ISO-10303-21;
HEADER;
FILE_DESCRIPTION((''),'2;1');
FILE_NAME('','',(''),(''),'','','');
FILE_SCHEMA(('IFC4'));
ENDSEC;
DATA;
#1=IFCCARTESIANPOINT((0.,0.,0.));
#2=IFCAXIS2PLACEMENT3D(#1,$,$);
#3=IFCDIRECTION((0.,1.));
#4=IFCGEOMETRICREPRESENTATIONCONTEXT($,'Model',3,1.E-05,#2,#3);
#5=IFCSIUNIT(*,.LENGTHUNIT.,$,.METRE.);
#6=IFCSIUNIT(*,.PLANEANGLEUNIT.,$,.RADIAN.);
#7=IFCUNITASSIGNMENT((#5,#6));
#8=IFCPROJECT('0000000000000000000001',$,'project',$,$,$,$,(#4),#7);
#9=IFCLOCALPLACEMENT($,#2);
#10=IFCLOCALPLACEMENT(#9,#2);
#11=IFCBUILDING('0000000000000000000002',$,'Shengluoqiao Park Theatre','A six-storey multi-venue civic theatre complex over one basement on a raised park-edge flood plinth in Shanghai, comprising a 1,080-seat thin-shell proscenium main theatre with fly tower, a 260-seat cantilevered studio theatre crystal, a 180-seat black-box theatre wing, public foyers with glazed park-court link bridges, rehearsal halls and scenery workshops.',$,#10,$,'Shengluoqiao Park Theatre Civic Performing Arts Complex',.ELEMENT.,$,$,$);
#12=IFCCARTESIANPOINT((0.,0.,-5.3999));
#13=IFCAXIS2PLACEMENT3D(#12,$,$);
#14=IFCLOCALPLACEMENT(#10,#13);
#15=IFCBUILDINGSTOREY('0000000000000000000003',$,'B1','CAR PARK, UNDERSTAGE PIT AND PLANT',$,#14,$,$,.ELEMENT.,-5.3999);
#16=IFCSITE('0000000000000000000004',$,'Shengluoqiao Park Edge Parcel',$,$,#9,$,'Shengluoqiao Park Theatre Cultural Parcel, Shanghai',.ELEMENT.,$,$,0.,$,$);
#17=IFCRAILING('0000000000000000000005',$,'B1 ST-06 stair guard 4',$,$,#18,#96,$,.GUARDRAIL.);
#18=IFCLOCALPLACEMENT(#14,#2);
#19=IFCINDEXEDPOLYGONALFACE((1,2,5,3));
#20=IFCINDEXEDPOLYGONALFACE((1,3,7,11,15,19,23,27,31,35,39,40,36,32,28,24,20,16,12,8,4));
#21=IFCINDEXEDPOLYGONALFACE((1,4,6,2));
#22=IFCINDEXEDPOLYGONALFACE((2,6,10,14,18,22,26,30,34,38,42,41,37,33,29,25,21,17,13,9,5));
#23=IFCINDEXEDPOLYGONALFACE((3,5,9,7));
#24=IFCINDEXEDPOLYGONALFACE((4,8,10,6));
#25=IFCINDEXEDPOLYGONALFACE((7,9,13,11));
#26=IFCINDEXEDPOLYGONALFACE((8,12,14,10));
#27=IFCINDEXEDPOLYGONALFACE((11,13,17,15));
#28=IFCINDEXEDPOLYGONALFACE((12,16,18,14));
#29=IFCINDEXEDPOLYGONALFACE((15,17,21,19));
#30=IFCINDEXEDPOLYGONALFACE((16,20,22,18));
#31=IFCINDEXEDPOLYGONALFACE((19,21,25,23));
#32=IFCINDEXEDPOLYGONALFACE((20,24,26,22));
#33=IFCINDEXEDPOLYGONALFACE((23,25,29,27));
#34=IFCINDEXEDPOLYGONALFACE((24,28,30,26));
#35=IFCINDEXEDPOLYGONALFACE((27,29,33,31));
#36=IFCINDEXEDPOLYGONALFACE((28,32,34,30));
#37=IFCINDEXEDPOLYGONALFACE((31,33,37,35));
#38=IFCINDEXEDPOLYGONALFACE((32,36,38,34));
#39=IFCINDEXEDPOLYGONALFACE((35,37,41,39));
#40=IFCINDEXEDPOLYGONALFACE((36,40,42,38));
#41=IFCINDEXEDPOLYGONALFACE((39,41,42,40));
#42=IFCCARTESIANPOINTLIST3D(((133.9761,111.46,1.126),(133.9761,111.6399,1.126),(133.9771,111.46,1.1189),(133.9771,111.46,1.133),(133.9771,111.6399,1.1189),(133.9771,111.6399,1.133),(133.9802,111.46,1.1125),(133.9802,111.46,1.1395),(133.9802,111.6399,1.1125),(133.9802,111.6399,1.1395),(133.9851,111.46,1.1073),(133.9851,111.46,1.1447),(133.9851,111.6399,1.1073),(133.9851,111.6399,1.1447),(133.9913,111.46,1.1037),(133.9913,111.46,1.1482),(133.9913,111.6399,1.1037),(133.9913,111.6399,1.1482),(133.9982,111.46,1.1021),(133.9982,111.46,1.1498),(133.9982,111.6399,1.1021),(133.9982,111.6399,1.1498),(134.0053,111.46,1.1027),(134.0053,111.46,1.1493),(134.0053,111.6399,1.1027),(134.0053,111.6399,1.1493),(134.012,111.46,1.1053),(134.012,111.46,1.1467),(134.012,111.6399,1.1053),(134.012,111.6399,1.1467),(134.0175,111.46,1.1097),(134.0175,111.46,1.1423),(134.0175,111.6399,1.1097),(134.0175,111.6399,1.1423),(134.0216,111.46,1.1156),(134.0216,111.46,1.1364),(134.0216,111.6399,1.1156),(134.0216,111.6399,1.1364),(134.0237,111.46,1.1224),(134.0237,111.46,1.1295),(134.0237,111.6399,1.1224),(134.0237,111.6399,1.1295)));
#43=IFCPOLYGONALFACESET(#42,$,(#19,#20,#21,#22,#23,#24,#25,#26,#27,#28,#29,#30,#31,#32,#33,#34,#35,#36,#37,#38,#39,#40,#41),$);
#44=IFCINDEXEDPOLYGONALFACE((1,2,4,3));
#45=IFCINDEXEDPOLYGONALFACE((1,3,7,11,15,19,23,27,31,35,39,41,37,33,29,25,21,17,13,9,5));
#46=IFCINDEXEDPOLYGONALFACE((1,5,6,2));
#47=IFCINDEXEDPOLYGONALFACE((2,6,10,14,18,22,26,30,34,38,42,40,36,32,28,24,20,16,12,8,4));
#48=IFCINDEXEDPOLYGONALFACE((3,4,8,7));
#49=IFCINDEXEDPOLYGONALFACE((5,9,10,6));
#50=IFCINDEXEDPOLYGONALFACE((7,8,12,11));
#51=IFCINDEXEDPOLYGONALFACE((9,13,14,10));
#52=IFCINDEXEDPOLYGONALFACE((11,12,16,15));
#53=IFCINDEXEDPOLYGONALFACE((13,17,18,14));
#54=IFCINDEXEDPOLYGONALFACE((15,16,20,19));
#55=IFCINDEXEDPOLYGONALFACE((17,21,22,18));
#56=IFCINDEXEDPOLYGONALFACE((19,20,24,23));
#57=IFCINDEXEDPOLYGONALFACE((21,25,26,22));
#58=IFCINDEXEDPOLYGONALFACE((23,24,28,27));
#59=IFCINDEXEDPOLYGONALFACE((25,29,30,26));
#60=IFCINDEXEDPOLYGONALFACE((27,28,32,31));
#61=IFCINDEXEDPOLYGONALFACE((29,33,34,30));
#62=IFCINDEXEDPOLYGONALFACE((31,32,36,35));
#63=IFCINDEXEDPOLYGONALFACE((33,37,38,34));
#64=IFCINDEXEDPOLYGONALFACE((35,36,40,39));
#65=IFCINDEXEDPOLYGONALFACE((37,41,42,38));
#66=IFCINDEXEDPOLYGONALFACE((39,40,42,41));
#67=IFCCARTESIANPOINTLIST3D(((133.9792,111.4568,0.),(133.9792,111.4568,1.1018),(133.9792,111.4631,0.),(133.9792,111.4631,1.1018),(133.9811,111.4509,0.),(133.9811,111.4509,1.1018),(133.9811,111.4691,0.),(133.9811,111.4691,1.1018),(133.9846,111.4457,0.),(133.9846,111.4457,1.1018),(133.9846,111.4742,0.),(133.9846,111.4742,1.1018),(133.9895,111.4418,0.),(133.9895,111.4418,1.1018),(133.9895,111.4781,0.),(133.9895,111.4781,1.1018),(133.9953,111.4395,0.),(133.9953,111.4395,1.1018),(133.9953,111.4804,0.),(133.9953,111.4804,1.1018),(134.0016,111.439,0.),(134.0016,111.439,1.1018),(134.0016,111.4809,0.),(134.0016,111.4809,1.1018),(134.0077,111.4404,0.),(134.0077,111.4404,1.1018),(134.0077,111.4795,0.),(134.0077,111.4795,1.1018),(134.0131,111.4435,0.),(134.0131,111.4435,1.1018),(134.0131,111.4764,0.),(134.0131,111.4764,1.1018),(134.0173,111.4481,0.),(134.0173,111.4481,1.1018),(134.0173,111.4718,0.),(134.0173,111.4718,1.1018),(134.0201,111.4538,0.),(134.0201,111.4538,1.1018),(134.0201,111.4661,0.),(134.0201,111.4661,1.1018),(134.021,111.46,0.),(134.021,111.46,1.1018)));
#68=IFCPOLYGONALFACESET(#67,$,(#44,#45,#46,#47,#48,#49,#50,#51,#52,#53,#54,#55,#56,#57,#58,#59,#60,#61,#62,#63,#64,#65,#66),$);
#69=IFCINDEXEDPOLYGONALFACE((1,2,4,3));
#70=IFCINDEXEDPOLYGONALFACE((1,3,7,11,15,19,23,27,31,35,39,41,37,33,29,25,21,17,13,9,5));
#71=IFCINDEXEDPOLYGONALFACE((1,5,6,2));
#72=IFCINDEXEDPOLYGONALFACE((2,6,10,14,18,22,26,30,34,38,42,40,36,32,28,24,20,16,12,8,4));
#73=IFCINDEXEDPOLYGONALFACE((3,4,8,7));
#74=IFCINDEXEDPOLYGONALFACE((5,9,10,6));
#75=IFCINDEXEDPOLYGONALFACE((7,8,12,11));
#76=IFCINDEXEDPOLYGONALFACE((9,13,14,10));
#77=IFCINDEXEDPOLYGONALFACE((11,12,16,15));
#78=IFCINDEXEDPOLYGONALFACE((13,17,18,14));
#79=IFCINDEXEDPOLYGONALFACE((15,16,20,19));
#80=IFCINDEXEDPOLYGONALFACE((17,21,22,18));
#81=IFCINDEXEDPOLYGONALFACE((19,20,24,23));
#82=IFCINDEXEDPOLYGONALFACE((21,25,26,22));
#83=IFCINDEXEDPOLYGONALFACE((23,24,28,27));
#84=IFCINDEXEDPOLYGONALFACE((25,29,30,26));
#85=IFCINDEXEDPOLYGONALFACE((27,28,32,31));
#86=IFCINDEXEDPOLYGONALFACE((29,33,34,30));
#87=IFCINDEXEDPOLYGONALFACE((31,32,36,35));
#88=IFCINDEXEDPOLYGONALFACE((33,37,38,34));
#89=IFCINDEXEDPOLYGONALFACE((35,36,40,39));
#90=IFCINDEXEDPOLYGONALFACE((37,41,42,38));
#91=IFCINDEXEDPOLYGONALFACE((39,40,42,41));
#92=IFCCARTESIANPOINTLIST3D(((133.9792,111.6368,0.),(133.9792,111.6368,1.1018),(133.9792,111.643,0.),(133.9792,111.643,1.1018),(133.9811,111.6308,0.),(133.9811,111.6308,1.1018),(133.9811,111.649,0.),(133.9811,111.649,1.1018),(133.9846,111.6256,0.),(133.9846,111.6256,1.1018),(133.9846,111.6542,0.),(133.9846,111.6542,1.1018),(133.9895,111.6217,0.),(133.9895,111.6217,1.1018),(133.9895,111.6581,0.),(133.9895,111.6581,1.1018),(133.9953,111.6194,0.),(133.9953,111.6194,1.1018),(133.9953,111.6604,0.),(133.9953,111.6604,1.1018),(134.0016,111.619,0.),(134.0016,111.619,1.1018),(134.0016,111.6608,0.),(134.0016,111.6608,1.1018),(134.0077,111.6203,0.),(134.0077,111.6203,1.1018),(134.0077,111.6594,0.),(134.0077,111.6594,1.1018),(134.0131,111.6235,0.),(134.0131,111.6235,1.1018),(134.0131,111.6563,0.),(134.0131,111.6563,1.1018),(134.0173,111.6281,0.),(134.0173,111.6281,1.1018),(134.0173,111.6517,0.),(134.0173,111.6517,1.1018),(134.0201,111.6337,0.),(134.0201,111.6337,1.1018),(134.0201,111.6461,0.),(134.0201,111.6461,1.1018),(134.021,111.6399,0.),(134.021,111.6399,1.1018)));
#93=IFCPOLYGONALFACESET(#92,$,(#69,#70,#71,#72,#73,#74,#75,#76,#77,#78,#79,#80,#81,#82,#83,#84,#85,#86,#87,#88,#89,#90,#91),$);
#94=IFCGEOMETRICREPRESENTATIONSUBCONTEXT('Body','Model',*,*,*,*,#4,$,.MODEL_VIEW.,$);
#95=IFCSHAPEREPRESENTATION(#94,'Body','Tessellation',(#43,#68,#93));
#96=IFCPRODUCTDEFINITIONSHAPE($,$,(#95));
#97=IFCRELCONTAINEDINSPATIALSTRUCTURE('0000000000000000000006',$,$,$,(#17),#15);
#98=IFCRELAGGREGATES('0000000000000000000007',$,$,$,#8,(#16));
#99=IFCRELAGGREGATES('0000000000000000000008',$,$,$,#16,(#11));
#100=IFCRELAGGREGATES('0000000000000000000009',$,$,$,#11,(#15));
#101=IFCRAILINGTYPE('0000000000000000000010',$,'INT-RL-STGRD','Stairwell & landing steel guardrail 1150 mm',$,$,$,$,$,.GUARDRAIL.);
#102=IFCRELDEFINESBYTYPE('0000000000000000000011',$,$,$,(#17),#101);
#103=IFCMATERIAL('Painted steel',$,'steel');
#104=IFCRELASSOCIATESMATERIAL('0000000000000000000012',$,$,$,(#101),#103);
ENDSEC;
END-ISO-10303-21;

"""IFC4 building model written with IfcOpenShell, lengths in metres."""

from ifc_helpers import new_model, si_unit, direction, frame, origin, origin_2d, place, context, subcontext, project, spatial, circle, extrude, material, type_object, element, save


model = new_model("IFC4")

# Units and contexts
model_context = context("Model", 3, precision=1e-05, world=origin(), true_north=direction((0.0, 1.0)))
body_context = subcontext(model_context, "Body", "Model", "MODEL_VIEW")
ifc_project = project(units=[si_unit("LENGTHUNIT", "METRE"), si_unit("PLANEANGLEUNIT", "RADIAN")], contexts=[model_context])

# Site, building, storey
site_placement = place(None, origin())
site = spatial("IfcSite", under=ifc_project, at=site_placement, Name="Shengluoqiao Park Edge Parcel", LongName="Shengluoqiao Park Theatre Cultural Parcel, Shanghai", CompositionType="ELEMENT", RefElevation=0.0)
building_placement = place(site_placement, origin())
building = spatial("IfcBuilding", under=site, at=building_placement, Name="Shengluoqiao Park Theatre", Description="A six-storey multi-venue civic theatre complex over one basement on a raised park-edge flood plinth in Shanghai, comprising a 1,080-seat thin-shell proscenium main theatre with fly tower, a 260-seat cantilevered studio theatre crystal, a 180-seat black-box theatre wing, public foyers with glazed park-court link bridges, rehearsal halls and scenery workshops.", LongName="Shengluoqiao Park Theatre Civic Performing Arts Complex", CompositionType="ELEMENT")
storey_placement = place(building_placement, frame((0.0, 0.0, -5.3999)))
storey = spatial("IfcBuildingStorey", under=building, at=storey_placement, Name="B1", Description="CAR PARK, UNDERSTAGE PIT AND PLANT", CompositionType="ELEMENT", Elevation=-5.3999)

# Railing
ifc_material_1 = material(Name="Painted steel", Category="steel")
railing_type_1 = type_object("IfcRailingType", Name="INT-RL-STGRD", Description="Stairwell & landing steel guardrail 1150 mm", PredefinedType="GUARDRAIL", material=ifc_material_1)
railing_1_placement = place(storey_placement, frame((134.0, 111.46, 0.0)))
element("IfcRailing", 1, at=railing_1_placement, inside=storey, type_object=railing_type_1, Name="B1 ST-06 stair guard 4", PredefinedType="GUARDRAIL", context=body_context, shape_type="SweptSolid", body=[
    extrude(circle(Radius=0.0239, at=origin_2d()), frame((0.0, 0.0, 1.126), z_axis=(0.0, 1.0, 0.0), x_axis=(-1.0, 0.0, 0.0)), (0.0, 0.0, 1.0), 0.1799),
    extrude(circle(Radius=0.021, at=origin_2d()), origin(), (0.0, 0.0, 1.0), 1.1018),
    extrude(circle(Radius=0.021, at=origin_2d()), frame((0.0, 0.1799, 0.0)), (0.0, 0.0, 1.0), 1.1018),
])

save(model, "model.ifc")
